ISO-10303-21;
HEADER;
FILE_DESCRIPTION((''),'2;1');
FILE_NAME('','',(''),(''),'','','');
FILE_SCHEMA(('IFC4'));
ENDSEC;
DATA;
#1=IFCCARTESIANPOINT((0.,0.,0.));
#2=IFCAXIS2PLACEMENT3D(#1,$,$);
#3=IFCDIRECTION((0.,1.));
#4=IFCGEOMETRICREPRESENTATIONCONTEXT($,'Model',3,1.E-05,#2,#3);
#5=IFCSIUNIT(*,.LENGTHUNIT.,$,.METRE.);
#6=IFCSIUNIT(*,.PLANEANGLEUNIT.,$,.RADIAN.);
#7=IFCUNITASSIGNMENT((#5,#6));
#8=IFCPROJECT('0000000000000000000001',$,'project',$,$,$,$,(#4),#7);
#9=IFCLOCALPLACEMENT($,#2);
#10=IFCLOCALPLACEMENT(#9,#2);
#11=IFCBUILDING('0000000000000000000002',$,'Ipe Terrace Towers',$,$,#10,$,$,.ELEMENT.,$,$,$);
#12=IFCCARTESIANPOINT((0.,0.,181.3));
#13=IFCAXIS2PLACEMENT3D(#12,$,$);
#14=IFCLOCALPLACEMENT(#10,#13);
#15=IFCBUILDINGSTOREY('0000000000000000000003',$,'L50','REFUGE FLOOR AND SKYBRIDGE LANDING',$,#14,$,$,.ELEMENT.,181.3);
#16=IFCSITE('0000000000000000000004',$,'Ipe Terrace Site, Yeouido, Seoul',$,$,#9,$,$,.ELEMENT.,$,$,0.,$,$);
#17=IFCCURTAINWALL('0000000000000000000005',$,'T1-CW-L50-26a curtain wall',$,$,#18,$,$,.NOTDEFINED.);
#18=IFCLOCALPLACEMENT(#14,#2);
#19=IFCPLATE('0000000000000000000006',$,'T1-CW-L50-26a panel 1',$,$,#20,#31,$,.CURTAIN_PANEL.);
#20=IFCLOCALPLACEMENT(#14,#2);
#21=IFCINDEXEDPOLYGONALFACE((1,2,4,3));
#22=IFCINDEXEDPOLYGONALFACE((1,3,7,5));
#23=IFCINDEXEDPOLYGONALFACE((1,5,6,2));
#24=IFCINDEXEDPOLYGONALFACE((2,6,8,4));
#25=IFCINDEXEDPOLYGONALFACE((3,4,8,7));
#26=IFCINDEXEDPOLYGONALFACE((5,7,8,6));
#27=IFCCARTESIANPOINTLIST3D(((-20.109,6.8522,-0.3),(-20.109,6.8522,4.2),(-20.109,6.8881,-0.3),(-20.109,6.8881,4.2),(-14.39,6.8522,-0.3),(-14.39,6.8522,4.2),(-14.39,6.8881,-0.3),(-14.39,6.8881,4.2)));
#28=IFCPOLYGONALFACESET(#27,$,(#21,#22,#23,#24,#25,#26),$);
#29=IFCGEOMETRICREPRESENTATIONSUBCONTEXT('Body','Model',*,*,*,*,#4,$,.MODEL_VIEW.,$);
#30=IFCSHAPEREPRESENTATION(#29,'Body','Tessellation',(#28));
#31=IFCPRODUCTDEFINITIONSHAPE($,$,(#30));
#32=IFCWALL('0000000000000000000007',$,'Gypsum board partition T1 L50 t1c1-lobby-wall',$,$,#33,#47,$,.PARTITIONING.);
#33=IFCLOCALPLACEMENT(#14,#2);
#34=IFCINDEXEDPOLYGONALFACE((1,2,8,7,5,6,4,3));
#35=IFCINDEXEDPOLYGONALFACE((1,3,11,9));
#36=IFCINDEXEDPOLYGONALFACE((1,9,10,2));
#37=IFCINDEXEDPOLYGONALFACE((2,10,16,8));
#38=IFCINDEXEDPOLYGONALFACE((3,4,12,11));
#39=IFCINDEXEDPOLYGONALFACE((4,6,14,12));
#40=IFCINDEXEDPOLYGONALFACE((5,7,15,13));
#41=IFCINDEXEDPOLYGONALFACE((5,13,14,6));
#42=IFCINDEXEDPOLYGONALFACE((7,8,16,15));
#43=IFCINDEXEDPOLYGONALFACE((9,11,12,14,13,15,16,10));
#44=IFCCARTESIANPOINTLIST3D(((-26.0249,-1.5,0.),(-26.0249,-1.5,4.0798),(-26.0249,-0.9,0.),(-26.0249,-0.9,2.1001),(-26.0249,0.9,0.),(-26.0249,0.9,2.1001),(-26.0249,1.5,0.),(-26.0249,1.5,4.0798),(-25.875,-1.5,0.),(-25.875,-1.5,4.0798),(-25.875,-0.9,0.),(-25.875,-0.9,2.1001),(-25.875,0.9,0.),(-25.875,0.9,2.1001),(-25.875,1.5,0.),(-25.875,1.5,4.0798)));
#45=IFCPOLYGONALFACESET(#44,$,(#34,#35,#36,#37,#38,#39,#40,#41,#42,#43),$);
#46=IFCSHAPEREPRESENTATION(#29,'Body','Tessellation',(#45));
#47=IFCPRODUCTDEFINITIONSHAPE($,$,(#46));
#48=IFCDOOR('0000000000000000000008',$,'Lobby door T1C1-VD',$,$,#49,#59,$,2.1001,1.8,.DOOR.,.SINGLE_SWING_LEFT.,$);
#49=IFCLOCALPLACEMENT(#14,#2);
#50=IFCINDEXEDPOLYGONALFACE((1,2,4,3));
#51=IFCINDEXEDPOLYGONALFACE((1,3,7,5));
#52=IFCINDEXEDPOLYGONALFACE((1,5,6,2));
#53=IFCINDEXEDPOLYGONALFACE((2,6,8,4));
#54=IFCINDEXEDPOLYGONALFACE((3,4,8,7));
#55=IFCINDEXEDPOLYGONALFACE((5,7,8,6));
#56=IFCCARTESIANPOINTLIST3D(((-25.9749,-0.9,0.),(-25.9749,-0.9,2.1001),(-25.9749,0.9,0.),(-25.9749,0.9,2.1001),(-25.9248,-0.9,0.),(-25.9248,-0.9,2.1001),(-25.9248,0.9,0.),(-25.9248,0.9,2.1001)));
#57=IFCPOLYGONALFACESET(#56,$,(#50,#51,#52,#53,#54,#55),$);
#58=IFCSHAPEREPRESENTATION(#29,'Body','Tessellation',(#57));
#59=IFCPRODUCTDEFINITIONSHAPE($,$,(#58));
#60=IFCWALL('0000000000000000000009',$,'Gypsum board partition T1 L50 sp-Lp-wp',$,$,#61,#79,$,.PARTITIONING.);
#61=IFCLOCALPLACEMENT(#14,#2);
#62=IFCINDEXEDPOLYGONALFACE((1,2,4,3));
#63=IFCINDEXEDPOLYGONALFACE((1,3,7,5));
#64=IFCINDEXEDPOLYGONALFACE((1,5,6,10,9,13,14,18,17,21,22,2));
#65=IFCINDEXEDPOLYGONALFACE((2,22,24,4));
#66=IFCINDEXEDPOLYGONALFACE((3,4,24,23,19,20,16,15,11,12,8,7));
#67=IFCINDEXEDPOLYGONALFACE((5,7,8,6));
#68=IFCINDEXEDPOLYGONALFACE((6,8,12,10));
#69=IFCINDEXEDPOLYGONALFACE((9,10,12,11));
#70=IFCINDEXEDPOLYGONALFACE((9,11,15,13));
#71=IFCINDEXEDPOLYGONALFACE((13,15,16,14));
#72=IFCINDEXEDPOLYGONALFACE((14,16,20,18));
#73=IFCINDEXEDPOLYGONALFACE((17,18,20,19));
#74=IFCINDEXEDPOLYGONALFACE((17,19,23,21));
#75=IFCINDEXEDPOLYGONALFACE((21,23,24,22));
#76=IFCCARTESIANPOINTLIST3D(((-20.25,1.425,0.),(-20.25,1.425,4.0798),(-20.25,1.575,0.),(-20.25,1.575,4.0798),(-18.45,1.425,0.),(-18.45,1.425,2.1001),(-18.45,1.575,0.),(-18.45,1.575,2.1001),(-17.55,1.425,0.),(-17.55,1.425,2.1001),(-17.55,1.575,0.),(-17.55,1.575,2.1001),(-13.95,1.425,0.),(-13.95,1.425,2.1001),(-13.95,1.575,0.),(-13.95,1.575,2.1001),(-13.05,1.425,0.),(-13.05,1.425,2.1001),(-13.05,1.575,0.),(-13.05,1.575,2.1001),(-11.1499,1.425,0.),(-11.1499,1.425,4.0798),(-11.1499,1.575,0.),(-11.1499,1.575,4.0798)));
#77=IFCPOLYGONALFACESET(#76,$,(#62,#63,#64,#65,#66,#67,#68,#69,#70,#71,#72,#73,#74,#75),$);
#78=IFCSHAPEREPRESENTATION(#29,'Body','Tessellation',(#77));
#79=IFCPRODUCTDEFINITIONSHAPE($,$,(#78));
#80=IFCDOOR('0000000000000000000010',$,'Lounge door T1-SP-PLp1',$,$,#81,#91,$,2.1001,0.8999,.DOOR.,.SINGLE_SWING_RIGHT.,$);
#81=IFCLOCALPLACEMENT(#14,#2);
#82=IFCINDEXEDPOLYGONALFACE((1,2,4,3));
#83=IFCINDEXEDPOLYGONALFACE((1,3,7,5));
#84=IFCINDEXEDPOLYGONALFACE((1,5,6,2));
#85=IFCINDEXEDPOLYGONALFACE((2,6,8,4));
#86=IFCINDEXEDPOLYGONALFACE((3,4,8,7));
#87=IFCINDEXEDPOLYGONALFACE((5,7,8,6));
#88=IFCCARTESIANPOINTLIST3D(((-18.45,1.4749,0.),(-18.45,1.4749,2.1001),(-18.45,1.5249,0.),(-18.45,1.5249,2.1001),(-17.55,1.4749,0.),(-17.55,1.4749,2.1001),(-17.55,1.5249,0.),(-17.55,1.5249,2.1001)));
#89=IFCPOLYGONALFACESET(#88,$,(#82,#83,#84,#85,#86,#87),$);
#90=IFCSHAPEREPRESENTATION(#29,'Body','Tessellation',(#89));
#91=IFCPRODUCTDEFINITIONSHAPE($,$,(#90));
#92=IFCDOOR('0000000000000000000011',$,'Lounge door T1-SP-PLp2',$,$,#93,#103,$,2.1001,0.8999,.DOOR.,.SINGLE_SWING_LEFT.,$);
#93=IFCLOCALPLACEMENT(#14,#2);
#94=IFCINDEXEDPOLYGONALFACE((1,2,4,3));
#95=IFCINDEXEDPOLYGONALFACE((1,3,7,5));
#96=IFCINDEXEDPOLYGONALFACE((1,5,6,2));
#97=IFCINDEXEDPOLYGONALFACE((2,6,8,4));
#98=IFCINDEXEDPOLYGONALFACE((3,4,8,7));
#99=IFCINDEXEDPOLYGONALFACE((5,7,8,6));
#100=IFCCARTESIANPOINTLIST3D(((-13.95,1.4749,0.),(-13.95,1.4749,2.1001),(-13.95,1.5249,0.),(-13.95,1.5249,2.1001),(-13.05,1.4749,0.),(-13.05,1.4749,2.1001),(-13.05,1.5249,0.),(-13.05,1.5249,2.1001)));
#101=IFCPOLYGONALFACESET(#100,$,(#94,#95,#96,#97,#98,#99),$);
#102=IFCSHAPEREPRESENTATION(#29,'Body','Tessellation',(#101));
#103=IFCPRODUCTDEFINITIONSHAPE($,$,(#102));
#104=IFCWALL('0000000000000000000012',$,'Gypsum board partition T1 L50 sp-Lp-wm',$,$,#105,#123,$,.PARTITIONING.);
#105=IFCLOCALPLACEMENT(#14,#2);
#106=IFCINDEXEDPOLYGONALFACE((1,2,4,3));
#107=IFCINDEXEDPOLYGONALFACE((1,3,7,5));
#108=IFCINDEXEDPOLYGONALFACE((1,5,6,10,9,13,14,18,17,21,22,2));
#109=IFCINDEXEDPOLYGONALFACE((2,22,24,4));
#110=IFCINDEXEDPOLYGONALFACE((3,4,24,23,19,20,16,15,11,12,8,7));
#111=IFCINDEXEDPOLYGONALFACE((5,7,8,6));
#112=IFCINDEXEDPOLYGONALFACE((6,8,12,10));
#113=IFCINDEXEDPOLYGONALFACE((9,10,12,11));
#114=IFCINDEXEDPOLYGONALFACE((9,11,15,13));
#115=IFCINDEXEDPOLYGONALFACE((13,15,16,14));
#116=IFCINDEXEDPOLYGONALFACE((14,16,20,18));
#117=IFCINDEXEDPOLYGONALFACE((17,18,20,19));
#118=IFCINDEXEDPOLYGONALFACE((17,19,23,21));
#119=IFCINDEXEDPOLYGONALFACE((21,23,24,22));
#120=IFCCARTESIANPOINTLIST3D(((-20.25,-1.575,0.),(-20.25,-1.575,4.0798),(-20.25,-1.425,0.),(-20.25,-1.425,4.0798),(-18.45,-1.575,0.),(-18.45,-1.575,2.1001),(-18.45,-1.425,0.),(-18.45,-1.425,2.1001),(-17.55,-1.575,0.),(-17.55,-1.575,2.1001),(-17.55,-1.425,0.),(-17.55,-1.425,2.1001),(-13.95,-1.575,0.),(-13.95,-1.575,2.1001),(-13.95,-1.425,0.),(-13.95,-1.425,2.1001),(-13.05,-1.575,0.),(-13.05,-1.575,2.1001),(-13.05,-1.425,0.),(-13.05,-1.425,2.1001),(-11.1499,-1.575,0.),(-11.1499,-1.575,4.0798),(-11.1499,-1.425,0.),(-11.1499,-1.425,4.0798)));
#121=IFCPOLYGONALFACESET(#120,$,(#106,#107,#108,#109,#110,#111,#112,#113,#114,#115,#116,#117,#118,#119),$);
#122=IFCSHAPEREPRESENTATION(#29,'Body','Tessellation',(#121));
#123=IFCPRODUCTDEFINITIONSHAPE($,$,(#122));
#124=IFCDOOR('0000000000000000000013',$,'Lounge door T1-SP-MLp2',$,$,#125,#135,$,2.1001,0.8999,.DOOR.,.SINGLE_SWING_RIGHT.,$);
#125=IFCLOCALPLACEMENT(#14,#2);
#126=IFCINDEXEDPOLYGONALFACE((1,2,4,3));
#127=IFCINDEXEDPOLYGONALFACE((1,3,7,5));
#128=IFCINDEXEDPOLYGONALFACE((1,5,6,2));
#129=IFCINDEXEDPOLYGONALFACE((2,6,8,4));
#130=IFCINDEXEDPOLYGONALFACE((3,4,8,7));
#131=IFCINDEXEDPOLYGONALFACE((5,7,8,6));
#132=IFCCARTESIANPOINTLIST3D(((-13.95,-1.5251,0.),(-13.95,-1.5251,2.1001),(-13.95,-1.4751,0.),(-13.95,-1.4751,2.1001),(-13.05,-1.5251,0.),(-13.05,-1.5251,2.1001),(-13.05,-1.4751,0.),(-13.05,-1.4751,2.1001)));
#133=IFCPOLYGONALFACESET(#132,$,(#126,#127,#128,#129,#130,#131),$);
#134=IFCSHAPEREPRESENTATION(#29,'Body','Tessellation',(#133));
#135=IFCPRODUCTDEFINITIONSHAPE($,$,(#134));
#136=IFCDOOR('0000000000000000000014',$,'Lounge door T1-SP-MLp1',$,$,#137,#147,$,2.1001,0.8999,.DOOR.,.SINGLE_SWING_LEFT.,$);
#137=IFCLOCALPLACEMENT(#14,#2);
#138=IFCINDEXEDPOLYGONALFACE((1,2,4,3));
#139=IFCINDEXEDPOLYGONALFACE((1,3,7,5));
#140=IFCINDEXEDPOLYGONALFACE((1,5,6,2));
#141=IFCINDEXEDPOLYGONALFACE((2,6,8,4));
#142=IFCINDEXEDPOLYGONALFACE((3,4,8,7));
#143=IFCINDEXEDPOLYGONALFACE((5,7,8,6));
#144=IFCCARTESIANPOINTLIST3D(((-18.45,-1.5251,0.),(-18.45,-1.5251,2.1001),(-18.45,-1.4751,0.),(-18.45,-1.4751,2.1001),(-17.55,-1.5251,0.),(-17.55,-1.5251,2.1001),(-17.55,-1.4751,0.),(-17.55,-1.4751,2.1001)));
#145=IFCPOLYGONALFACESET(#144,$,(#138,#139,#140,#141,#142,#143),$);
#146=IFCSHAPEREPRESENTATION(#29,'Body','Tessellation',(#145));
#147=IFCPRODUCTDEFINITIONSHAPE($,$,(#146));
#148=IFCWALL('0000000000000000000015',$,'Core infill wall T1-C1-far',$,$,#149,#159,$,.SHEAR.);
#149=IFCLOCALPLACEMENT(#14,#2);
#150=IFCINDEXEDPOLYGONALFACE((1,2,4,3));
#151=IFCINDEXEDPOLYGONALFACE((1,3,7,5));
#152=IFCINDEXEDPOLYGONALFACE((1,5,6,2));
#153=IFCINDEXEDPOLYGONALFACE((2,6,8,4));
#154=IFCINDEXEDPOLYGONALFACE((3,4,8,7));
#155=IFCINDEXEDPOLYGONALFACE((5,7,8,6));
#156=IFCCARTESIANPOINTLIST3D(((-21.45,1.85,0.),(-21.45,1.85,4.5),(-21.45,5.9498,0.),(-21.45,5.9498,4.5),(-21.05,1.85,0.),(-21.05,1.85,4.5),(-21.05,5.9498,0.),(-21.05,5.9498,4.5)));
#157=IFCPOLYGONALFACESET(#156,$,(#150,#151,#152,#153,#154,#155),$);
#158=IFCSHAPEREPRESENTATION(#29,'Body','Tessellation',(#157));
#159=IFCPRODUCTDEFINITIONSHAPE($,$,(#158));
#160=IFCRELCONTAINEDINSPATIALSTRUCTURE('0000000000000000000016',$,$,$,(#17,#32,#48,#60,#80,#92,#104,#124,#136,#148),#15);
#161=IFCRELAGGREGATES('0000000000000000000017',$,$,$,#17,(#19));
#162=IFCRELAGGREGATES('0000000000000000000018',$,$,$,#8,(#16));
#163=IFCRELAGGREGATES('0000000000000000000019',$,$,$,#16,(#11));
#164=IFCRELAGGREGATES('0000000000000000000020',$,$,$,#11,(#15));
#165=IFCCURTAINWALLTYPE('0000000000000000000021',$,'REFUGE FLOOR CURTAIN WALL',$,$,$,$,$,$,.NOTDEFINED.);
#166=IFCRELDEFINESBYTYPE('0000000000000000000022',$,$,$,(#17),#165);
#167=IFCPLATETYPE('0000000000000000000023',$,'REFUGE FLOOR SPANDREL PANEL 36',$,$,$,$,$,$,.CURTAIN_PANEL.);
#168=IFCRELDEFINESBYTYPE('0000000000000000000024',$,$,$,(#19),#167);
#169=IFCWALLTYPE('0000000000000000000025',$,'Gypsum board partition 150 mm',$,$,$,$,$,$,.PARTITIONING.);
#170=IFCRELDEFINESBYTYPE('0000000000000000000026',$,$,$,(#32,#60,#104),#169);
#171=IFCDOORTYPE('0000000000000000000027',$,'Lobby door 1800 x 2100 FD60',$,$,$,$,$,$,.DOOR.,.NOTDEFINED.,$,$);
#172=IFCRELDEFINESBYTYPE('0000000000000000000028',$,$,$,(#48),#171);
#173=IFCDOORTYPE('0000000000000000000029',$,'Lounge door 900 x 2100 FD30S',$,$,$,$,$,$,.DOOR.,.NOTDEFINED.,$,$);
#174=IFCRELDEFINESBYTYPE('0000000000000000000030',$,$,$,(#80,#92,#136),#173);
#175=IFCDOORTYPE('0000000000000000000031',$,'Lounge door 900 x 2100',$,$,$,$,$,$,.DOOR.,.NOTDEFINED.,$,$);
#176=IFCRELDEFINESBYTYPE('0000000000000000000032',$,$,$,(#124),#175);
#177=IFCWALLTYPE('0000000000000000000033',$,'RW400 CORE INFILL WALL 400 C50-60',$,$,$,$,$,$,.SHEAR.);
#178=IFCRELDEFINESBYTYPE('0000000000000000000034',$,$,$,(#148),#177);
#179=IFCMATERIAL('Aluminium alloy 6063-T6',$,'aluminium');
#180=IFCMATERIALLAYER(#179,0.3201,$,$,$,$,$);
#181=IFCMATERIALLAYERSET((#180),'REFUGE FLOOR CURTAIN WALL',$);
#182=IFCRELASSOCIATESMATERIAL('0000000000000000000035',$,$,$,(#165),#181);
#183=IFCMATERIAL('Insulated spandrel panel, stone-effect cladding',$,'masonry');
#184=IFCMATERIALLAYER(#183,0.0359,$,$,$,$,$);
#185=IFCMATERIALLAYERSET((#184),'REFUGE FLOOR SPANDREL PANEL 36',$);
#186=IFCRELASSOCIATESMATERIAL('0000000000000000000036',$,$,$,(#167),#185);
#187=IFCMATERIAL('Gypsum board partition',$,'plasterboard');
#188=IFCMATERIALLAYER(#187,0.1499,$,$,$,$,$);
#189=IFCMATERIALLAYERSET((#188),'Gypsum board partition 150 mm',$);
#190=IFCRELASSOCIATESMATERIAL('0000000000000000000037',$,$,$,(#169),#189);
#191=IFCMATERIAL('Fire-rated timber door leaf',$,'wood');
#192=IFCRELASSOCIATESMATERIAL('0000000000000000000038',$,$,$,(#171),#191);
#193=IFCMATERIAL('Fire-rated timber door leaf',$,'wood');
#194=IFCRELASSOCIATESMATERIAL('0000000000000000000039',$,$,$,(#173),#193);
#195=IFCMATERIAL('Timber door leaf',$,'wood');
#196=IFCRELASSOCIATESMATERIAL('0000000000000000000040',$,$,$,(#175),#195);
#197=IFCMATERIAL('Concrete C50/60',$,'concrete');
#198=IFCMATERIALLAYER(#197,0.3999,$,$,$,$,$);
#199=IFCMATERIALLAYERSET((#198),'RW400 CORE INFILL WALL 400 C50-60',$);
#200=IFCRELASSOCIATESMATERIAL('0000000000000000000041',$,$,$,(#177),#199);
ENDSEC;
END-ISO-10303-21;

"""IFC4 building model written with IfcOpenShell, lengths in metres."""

from ifc_helpers import new_model, si_unit, direction, frame, frame_2d, origin, origin_2d, place, context, subcontext, project, spatial, rectangle, extrude, material, layer, layer_set, type_object, element, fill, aggregate, save


model = new_model("IFC4")

# Units and contexts
model_context = context("Model", 3, precision=1e-05, world=origin(), true_north=direction((0.0, 1.0)))
body_context = subcontext(model_context, "Body", "Model", "MODEL_VIEW")
ifc_project = project(units=[si_unit("LENGTHUNIT", "METRE"), si_unit("PLANEANGLEUNIT", "RADIAN")], contexts=[model_context])

# Site, building, storey
site_placement = place(None, origin())
site = spatial("IfcSite", under=ifc_project, at=site_placement, Name="Ipe Terrace Site, Yeouido, Seoul", CompositionType="ELEMENT", RefElevation=0.0)
building_placement = place(site_placement, origin())
building = spatial("IfcBuilding", under=site, at=building_placement, Name="Ipe Terrace Towers", CompositionType="ELEMENT")
storey_placement = place(building_placement, frame((0.0, 0.0, 181.3)))
storey = spatial("IfcBuildingStorey", under=building, at=storey_placement, Name="L50", Description="REFUGE FLOOR AND SKYBRIDGE LANDING", CompositionType="ELEMENT", Elevation=181.3)

# Curtain wall, plate
ifc_material_1 = material(Name="Aluminium alloy 6063-T6", Category="aluminium")
ifc_layer_1 = layer(ifc_material_1, 0.3201)
ifc_layer_set_1 = layer_set([ifc_layer_1], Name="REFUGE FLOOR CURTAIN WALL")
curtain_wall_type = type_object("IfcCurtainWallType", Name="REFUGE FLOOR CURTAIN WALL", PredefinedType="NOTDEFINED", material=ifc_layer_set_1)
curtain_wall_placement = place(storey_placement, origin())
curtain_wall = element("IfcCurtainWall", 1, at=curtain_wall_placement, inside=storey, type_object=curtain_wall_type, Name="T1-CW-L50-26a curtain wall", PredefinedType="NOTDEFINED")
ifc_material_2 = material(Name="Insulated spandrel panel, stone-effect cladding", Category="masonry")
ifc_layer_2 = layer(ifc_material_2, 0.0359)
ifc_layer_set_2 = layer_set([ifc_layer_2], Name="REFUGE FLOOR SPANDREL PANEL 36")
plate_type = type_object("IfcPlateType", Name="REFUGE FLOOR SPANDREL PANEL 36", PredefinedType="CURTAIN_PANEL", material=ifc_layer_set_2)
plate_placement = place(storey_placement, frame((-17.2495, 6.8701, -0.3), z_axis=(0.0, 0.0, 1.0), x_axis=(-1.0, 0.0, 0.0)))
plate = element("IfcPlate", 2, at=plate_placement, type_object=plate_type, Name="T1-CW-L50-26a panel 1", PredefinedType="CURTAIN_PANEL", context=body_context, shape_type="SweptSolid", body=[
    extrude(rectangle(XDim=5.719, YDim=0.0359, at=origin_2d()), origin(), (0.0, 0.0, 1.0), 4.5),
])
aggregate(curtain_wall, [plate])

# Wall, opening, door
ifc_material_3 = material(Name="Gypsum board partition", Category="plasterboard")
ifc_layer_3 = layer(ifc_material_3, 0.1499)
ifc_layer_set_3 = layer_set([ifc_layer_3], Name="Gypsum board partition 150 mm")
wall_type_1 = type_object("IfcWallType", Name="Gypsum board partition 150 mm", PredefinedType="PARTITIONING", material=ifc_layer_set_3)
wall_1_placement = place(storey_placement, frame((-25.95, -1.5, 0.0), z_axis=(0.0, 0.0, 1.0), x_axis=(0.0, 1.0, 0.0)))
wall_1 = element("IfcWall", 3, at=wall_1_placement, inside=storey, type_object=wall_type_1, Name="Gypsum board partition T1 L50 t1c1-lobby-wall", PredefinedType="PARTITIONING", context=body_context, shape_type="SweptSolid", body=[
    extrude(rectangle(XDim=3.0, YDim=0.1499, at=frame_2d((1.5, 0.0))), origin(), (0.0, 0.0, 1.0), 4.0798),
])
opening_1_placement = place(wall_1_placement, frame((0.6001, 0.0, 0.0)))
opening_1 = element("IfcOpeningElement", 4, at=opening_1_placement, cuts=wall_1, PredefinedType="OPENING", context=body_context, shape_type="SweptSolid", body=[
    extrude(rectangle(XDim=1.8, YDim=2.1001, at=frame_2d((0.8999, 1.05))), frame((0.0, 0.085, 0.0), z_axis=(0.0, -1.0, 0.0), x_axis=(1.0, 0.0, 0.0)), (0.0, 0.0, 1.0), 0.1699),
])
ifc_material_4 = material(Name="Fire-rated timber door leaf", Category="wood")
door_type_1 = type_object("IfcDoorType", Name="Lobby door 1800 x 2100 FD60", OperationType="NOTDEFINED", PredefinedType="DOOR", material=ifc_material_4)
door_1_placement = place(opening_1_placement, origin())
door_1 = element("IfcDoor", 5, at=door_1_placement, inside=storey, type_object=door_type_1, Name="Lobby door T1C1-VD", OperationType="SINGLE_SWING_LEFT", OverallHeight=2.1001, OverallWidth=1.8, PredefinedType="DOOR", context=body_context, shape_type="SweptSolid", body=[
    extrude(rectangle(XDim=1.8, YDim=2.1001, at=frame_2d((0.8999, 1.05))), frame((0.0, 0.0249, 0.0), z_axis=(0.0, -1.0, 0.0), x_axis=(1.0, 0.0, 0.0)), (0.0, 0.0, 1.0), 0.05),
])
fill(opening_1, door_1)

# Walls, openings, doors
wall_2_placement = place(storey_placement, frame((-20.25, 1.5, 0.0), z_axis=(0.0, 0.0, 1.0), x_axis=(1.0, 0.0, 0.0)))
wall_2 = element("IfcWall", 6, at=wall_2_placement, inside=storey, type_object=wall_type_1, Name="Gypsum board partition T1 L50 sp-Lp-wp", PredefinedType="PARTITIONING", context=body_context, shape_type="SweptSolid", body=[
    extrude(rectangle(XDim=9.1001, YDim=0.1499, at=frame_2d((4.55, 0.0))), origin(), (0.0, 0.0, 1.0), 4.0798),
])
opening_2_placement = place(wall_2_placement, frame((1.8, 0.0, 0.0)))
opening_2 = element("IfcOpeningElement", 7, at=opening_2_placement, cuts=wall_2, PredefinedType="OPENING", context=body_context, shape_type="SweptSolid", body=[
    extrude(rectangle(XDim=0.8999, YDim=2.1001, at=frame_2d((0.45, 1.05))), frame((0.0, 0.085, 0.0), z_axis=(0.0, -1.0, 0.0), x_axis=(1.0, 0.0, 0.0)), (0.0, 0.0, 1.0), 0.1699),
])
opening_3_placement = place(wall_2_placement, frame((6.3, 0.0, 0.0)))
opening_3 = element("IfcOpeningElement", 8, at=opening_3_placement, cuts=wall_2, PredefinedType="OPENING", context=body_context, shape_type="SweptSolid", body=[
    extrude(rectangle(XDim=0.8999, YDim=2.1001, at=frame_2d((0.45, 1.05))), frame((0.0, 0.085, 0.0), z_axis=(0.0, -1.0, 0.0), x_axis=(1.0, 0.0, 0.0)), (0.0, 0.0, 1.0), 0.1699),
])
ifc_material_5 = material(Name="Fire-rated timber door leaf", Category="wood")
door_type_2 = type_object("IfcDoorType", Name="Lounge door 900 x 2100 FD30S", OperationType="NOTDEFINED", PredefinedType="DOOR", material=ifc_material_5)
door_2_placement = place(opening_2_placement, origin())
door_2 = element("IfcDoor", 9, at=door_2_placement, inside=storey, type_object=door_type_2, Name="Lounge door T1-SP-PLp1", OperationType="SINGLE_SWING_RIGHT", OverallHeight=2.1001, OverallWidth=0.8999, PredefinedType="DOOR", context=body_context, shape_type="SweptSolid", body=[
    extrude(rectangle(XDim=0.8999, YDim=2.1001, at=frame_2d((0.45, 1.05))), frame((0.0, 0.0249, 0.0), z_axis=(0.0, -1.0, 0.0), x_axis=(1.0, 0.0, 0.0)), (0.0, 0.0, 1.0), 0.05),
])
fill(opening_2, door_2)
door_3_placement = place(opening_3_placement, origin())
door_3 = element("IfcDoor", 10, at=door_3_placement, inside=storey, type_object=door_type_2, Name="Lounge door T1-SP-PLp2", OperationType="SINGLE_SWING_LEFT", OverallHeight=2.1001, OverallWidth=0.8999, PredefinedType="DOOR", context=body_context, shape_type="SweptSolid", body=[
    extrude(rectangle(XDim=0.8999, YDim=2.1001, at=frame_2d((0.45, 1.05))), frame((0.0, 0.0249, 0.0), z_axis=(0.0, -1.0, 0.0), x_axis=(1.0, 0.0, 0.0)), (0.0, 0.0, 1.0), 0.05),
])
fill(opening_3, door_3)
wall_3_placement = place(storey_placement, frame((-20.25, -1.5, 0.0), z_axis=(0.0, 0.0, 1.0), x_axis=(1.0, 0.0, 0.0)))
wall_3 = element("IfcWall", 11, at=wall_3_placement, inside=storey, type_object=wall_type_1, Name="Gypsum board partition T1 L50 sp-Lp-wm", PredefinedType="PARTITIONING", context=body_context, shape_type="SweptSolid", body=[
    extrude(rectangle(XDim=9.1001, YDim=0.1499, at=frame_2d((4.55, 0.0))), origin(), (0.0, 0.0, 1.0), 4.0798),
])
opening_4_placement = place(wall_3_placement, frame((1.8, 0.0, 0.0)))
opening_4 = element("IfcOpeningElement", 12, at=opening_4_placement, cuts=wall_3, PredefinedType="OPENING", context=body_context, shape_type="SweptSolid", body=[
    extrude(rectangle(XDim=0.8999, YDim=2.1001, at=frame_2d((0.45, 1.05))), frame((0.0, 0.085, 0.0), z_axis=(0.0, -1.0, 0.0), x_axis=(1.0, 0.0, 0.0)), (0.0, 0.0, 1.0), 0.1699),
])
opening_5_placement = place(wall_3_placement, frame((6.3, 0.0, 0.0)))
opening_5 = element("IfcOpeningElement", 13, at=opening_5_placement, cuts=wall_3, PredefinedType="OPENING", context=body_context, shape_type="SweptSolid", body=[
    extrude(rectangle(XDim=0.8999, YDim=2.1001, at=frame_2d((0.45, 1.05))), frame((0.0, 0.085, 0.0), z_axis=(0.0, -1.0, 0.0), x_axis=(1.0, 0.0, 0.0)), (0.0, 0.0, 1.0), 0.1699),
])
ifc_material_6 = material(Name="Timber door leaf", Category="wood")
door_type_3 = type_object("IfcDoorType", Name="Lounge door 900 x 2100", OperationType="NOTDEFINED", PredefinedType="DOOR", material=ifc_material_6)
door_4_placement = place(opening_5_placement, origin())
door_4 = element("IfcDoor", 14, at=door_4_placement, inside=storey, type_object=door_type_3, Name="Lounge door T1-SP-MLp2", OperationType="SINGLE_SWING_RIGHT", OverallHeight=2.1001, OverallWidth=0.8999, PredefinedType="DOOR", context=body_context, shape_type="SweptSolid", body=[
    extrude(rectangle(XDim=0.8999, YDim=2.1001, at=frame_2d((0.45, 1.05))), frame((0.0, 0.0249, 0.0), z_axis=(0.0, -1.0, 0.0), x_axis=(1.0, 0.0, 0.0)), (0.0, 0.0, 1.0), 0.05),
])
fill(opening_5, door_4)
door_5_placement = place(opening_4_placement, origin())
door_5 = element("IfcDoor", 15, at=door_5_placement, inside=storey, type_object=door_type_2, Name="Lounge door T1-SP-MLp1", OperationType="SINGLE_SWING_LEFT", OverallHeight=2.1001, OverallWidth=0.8999, PredefinedType="DOOR", context=body_context, shape_type="SweptSolid", body=[
    extrude(rectangle(XDim=0.8999, YDim=2.1001, at=frame_2d((0.45, 1.05))), frame((0.0, 0.0249, 0.0), z_axis=(0.0, -1.0, 0.0), x_axis=(1.0, 0.0, 0.0)), (0.0, 0.0, 1.0), 0.05),
])
fill(opening_4, door_5)

# Wall
ifc_material_7 = material(Name="Concrete C50/60", Category="concrete")
ifc_layer_4 = layer(ifc_material_7, 0.3999)
ifc_layer_set_4 = layer_set([ifc_layer_4], Name="RW400 CORE INFILL WALL 400 C50-60")
wall_type_2 = type_object("IfcWallType", Name="RW400 CORE INFILL WALL 400 C50-60", PredefinedType="SHEAR", material=ifc_layer_set_4)
wall_4_placement = place(storey_placement, frame((-21.25, 1.8501, 0.0), z_axis=(0.0, 0.0, 1.0), x_axis=(0.0, 1.0, 0.0)))
element("IfcWall", 16, at=wall_4_placement, inside=storey, type_object=wall_type_2, Name="Core infill wall T1-C1-far", PredefinedType="SHEAR", context=body_context, shape_type="SweptSolid", body=[
    extrude(rectangle(XDim=4.0999, YDim=0.3999, at=frame_2d((2.0498, 0.0))), origin(), (0.0, 0.0, 1.0), 4.5),
])

save(model, "model.ifc")
